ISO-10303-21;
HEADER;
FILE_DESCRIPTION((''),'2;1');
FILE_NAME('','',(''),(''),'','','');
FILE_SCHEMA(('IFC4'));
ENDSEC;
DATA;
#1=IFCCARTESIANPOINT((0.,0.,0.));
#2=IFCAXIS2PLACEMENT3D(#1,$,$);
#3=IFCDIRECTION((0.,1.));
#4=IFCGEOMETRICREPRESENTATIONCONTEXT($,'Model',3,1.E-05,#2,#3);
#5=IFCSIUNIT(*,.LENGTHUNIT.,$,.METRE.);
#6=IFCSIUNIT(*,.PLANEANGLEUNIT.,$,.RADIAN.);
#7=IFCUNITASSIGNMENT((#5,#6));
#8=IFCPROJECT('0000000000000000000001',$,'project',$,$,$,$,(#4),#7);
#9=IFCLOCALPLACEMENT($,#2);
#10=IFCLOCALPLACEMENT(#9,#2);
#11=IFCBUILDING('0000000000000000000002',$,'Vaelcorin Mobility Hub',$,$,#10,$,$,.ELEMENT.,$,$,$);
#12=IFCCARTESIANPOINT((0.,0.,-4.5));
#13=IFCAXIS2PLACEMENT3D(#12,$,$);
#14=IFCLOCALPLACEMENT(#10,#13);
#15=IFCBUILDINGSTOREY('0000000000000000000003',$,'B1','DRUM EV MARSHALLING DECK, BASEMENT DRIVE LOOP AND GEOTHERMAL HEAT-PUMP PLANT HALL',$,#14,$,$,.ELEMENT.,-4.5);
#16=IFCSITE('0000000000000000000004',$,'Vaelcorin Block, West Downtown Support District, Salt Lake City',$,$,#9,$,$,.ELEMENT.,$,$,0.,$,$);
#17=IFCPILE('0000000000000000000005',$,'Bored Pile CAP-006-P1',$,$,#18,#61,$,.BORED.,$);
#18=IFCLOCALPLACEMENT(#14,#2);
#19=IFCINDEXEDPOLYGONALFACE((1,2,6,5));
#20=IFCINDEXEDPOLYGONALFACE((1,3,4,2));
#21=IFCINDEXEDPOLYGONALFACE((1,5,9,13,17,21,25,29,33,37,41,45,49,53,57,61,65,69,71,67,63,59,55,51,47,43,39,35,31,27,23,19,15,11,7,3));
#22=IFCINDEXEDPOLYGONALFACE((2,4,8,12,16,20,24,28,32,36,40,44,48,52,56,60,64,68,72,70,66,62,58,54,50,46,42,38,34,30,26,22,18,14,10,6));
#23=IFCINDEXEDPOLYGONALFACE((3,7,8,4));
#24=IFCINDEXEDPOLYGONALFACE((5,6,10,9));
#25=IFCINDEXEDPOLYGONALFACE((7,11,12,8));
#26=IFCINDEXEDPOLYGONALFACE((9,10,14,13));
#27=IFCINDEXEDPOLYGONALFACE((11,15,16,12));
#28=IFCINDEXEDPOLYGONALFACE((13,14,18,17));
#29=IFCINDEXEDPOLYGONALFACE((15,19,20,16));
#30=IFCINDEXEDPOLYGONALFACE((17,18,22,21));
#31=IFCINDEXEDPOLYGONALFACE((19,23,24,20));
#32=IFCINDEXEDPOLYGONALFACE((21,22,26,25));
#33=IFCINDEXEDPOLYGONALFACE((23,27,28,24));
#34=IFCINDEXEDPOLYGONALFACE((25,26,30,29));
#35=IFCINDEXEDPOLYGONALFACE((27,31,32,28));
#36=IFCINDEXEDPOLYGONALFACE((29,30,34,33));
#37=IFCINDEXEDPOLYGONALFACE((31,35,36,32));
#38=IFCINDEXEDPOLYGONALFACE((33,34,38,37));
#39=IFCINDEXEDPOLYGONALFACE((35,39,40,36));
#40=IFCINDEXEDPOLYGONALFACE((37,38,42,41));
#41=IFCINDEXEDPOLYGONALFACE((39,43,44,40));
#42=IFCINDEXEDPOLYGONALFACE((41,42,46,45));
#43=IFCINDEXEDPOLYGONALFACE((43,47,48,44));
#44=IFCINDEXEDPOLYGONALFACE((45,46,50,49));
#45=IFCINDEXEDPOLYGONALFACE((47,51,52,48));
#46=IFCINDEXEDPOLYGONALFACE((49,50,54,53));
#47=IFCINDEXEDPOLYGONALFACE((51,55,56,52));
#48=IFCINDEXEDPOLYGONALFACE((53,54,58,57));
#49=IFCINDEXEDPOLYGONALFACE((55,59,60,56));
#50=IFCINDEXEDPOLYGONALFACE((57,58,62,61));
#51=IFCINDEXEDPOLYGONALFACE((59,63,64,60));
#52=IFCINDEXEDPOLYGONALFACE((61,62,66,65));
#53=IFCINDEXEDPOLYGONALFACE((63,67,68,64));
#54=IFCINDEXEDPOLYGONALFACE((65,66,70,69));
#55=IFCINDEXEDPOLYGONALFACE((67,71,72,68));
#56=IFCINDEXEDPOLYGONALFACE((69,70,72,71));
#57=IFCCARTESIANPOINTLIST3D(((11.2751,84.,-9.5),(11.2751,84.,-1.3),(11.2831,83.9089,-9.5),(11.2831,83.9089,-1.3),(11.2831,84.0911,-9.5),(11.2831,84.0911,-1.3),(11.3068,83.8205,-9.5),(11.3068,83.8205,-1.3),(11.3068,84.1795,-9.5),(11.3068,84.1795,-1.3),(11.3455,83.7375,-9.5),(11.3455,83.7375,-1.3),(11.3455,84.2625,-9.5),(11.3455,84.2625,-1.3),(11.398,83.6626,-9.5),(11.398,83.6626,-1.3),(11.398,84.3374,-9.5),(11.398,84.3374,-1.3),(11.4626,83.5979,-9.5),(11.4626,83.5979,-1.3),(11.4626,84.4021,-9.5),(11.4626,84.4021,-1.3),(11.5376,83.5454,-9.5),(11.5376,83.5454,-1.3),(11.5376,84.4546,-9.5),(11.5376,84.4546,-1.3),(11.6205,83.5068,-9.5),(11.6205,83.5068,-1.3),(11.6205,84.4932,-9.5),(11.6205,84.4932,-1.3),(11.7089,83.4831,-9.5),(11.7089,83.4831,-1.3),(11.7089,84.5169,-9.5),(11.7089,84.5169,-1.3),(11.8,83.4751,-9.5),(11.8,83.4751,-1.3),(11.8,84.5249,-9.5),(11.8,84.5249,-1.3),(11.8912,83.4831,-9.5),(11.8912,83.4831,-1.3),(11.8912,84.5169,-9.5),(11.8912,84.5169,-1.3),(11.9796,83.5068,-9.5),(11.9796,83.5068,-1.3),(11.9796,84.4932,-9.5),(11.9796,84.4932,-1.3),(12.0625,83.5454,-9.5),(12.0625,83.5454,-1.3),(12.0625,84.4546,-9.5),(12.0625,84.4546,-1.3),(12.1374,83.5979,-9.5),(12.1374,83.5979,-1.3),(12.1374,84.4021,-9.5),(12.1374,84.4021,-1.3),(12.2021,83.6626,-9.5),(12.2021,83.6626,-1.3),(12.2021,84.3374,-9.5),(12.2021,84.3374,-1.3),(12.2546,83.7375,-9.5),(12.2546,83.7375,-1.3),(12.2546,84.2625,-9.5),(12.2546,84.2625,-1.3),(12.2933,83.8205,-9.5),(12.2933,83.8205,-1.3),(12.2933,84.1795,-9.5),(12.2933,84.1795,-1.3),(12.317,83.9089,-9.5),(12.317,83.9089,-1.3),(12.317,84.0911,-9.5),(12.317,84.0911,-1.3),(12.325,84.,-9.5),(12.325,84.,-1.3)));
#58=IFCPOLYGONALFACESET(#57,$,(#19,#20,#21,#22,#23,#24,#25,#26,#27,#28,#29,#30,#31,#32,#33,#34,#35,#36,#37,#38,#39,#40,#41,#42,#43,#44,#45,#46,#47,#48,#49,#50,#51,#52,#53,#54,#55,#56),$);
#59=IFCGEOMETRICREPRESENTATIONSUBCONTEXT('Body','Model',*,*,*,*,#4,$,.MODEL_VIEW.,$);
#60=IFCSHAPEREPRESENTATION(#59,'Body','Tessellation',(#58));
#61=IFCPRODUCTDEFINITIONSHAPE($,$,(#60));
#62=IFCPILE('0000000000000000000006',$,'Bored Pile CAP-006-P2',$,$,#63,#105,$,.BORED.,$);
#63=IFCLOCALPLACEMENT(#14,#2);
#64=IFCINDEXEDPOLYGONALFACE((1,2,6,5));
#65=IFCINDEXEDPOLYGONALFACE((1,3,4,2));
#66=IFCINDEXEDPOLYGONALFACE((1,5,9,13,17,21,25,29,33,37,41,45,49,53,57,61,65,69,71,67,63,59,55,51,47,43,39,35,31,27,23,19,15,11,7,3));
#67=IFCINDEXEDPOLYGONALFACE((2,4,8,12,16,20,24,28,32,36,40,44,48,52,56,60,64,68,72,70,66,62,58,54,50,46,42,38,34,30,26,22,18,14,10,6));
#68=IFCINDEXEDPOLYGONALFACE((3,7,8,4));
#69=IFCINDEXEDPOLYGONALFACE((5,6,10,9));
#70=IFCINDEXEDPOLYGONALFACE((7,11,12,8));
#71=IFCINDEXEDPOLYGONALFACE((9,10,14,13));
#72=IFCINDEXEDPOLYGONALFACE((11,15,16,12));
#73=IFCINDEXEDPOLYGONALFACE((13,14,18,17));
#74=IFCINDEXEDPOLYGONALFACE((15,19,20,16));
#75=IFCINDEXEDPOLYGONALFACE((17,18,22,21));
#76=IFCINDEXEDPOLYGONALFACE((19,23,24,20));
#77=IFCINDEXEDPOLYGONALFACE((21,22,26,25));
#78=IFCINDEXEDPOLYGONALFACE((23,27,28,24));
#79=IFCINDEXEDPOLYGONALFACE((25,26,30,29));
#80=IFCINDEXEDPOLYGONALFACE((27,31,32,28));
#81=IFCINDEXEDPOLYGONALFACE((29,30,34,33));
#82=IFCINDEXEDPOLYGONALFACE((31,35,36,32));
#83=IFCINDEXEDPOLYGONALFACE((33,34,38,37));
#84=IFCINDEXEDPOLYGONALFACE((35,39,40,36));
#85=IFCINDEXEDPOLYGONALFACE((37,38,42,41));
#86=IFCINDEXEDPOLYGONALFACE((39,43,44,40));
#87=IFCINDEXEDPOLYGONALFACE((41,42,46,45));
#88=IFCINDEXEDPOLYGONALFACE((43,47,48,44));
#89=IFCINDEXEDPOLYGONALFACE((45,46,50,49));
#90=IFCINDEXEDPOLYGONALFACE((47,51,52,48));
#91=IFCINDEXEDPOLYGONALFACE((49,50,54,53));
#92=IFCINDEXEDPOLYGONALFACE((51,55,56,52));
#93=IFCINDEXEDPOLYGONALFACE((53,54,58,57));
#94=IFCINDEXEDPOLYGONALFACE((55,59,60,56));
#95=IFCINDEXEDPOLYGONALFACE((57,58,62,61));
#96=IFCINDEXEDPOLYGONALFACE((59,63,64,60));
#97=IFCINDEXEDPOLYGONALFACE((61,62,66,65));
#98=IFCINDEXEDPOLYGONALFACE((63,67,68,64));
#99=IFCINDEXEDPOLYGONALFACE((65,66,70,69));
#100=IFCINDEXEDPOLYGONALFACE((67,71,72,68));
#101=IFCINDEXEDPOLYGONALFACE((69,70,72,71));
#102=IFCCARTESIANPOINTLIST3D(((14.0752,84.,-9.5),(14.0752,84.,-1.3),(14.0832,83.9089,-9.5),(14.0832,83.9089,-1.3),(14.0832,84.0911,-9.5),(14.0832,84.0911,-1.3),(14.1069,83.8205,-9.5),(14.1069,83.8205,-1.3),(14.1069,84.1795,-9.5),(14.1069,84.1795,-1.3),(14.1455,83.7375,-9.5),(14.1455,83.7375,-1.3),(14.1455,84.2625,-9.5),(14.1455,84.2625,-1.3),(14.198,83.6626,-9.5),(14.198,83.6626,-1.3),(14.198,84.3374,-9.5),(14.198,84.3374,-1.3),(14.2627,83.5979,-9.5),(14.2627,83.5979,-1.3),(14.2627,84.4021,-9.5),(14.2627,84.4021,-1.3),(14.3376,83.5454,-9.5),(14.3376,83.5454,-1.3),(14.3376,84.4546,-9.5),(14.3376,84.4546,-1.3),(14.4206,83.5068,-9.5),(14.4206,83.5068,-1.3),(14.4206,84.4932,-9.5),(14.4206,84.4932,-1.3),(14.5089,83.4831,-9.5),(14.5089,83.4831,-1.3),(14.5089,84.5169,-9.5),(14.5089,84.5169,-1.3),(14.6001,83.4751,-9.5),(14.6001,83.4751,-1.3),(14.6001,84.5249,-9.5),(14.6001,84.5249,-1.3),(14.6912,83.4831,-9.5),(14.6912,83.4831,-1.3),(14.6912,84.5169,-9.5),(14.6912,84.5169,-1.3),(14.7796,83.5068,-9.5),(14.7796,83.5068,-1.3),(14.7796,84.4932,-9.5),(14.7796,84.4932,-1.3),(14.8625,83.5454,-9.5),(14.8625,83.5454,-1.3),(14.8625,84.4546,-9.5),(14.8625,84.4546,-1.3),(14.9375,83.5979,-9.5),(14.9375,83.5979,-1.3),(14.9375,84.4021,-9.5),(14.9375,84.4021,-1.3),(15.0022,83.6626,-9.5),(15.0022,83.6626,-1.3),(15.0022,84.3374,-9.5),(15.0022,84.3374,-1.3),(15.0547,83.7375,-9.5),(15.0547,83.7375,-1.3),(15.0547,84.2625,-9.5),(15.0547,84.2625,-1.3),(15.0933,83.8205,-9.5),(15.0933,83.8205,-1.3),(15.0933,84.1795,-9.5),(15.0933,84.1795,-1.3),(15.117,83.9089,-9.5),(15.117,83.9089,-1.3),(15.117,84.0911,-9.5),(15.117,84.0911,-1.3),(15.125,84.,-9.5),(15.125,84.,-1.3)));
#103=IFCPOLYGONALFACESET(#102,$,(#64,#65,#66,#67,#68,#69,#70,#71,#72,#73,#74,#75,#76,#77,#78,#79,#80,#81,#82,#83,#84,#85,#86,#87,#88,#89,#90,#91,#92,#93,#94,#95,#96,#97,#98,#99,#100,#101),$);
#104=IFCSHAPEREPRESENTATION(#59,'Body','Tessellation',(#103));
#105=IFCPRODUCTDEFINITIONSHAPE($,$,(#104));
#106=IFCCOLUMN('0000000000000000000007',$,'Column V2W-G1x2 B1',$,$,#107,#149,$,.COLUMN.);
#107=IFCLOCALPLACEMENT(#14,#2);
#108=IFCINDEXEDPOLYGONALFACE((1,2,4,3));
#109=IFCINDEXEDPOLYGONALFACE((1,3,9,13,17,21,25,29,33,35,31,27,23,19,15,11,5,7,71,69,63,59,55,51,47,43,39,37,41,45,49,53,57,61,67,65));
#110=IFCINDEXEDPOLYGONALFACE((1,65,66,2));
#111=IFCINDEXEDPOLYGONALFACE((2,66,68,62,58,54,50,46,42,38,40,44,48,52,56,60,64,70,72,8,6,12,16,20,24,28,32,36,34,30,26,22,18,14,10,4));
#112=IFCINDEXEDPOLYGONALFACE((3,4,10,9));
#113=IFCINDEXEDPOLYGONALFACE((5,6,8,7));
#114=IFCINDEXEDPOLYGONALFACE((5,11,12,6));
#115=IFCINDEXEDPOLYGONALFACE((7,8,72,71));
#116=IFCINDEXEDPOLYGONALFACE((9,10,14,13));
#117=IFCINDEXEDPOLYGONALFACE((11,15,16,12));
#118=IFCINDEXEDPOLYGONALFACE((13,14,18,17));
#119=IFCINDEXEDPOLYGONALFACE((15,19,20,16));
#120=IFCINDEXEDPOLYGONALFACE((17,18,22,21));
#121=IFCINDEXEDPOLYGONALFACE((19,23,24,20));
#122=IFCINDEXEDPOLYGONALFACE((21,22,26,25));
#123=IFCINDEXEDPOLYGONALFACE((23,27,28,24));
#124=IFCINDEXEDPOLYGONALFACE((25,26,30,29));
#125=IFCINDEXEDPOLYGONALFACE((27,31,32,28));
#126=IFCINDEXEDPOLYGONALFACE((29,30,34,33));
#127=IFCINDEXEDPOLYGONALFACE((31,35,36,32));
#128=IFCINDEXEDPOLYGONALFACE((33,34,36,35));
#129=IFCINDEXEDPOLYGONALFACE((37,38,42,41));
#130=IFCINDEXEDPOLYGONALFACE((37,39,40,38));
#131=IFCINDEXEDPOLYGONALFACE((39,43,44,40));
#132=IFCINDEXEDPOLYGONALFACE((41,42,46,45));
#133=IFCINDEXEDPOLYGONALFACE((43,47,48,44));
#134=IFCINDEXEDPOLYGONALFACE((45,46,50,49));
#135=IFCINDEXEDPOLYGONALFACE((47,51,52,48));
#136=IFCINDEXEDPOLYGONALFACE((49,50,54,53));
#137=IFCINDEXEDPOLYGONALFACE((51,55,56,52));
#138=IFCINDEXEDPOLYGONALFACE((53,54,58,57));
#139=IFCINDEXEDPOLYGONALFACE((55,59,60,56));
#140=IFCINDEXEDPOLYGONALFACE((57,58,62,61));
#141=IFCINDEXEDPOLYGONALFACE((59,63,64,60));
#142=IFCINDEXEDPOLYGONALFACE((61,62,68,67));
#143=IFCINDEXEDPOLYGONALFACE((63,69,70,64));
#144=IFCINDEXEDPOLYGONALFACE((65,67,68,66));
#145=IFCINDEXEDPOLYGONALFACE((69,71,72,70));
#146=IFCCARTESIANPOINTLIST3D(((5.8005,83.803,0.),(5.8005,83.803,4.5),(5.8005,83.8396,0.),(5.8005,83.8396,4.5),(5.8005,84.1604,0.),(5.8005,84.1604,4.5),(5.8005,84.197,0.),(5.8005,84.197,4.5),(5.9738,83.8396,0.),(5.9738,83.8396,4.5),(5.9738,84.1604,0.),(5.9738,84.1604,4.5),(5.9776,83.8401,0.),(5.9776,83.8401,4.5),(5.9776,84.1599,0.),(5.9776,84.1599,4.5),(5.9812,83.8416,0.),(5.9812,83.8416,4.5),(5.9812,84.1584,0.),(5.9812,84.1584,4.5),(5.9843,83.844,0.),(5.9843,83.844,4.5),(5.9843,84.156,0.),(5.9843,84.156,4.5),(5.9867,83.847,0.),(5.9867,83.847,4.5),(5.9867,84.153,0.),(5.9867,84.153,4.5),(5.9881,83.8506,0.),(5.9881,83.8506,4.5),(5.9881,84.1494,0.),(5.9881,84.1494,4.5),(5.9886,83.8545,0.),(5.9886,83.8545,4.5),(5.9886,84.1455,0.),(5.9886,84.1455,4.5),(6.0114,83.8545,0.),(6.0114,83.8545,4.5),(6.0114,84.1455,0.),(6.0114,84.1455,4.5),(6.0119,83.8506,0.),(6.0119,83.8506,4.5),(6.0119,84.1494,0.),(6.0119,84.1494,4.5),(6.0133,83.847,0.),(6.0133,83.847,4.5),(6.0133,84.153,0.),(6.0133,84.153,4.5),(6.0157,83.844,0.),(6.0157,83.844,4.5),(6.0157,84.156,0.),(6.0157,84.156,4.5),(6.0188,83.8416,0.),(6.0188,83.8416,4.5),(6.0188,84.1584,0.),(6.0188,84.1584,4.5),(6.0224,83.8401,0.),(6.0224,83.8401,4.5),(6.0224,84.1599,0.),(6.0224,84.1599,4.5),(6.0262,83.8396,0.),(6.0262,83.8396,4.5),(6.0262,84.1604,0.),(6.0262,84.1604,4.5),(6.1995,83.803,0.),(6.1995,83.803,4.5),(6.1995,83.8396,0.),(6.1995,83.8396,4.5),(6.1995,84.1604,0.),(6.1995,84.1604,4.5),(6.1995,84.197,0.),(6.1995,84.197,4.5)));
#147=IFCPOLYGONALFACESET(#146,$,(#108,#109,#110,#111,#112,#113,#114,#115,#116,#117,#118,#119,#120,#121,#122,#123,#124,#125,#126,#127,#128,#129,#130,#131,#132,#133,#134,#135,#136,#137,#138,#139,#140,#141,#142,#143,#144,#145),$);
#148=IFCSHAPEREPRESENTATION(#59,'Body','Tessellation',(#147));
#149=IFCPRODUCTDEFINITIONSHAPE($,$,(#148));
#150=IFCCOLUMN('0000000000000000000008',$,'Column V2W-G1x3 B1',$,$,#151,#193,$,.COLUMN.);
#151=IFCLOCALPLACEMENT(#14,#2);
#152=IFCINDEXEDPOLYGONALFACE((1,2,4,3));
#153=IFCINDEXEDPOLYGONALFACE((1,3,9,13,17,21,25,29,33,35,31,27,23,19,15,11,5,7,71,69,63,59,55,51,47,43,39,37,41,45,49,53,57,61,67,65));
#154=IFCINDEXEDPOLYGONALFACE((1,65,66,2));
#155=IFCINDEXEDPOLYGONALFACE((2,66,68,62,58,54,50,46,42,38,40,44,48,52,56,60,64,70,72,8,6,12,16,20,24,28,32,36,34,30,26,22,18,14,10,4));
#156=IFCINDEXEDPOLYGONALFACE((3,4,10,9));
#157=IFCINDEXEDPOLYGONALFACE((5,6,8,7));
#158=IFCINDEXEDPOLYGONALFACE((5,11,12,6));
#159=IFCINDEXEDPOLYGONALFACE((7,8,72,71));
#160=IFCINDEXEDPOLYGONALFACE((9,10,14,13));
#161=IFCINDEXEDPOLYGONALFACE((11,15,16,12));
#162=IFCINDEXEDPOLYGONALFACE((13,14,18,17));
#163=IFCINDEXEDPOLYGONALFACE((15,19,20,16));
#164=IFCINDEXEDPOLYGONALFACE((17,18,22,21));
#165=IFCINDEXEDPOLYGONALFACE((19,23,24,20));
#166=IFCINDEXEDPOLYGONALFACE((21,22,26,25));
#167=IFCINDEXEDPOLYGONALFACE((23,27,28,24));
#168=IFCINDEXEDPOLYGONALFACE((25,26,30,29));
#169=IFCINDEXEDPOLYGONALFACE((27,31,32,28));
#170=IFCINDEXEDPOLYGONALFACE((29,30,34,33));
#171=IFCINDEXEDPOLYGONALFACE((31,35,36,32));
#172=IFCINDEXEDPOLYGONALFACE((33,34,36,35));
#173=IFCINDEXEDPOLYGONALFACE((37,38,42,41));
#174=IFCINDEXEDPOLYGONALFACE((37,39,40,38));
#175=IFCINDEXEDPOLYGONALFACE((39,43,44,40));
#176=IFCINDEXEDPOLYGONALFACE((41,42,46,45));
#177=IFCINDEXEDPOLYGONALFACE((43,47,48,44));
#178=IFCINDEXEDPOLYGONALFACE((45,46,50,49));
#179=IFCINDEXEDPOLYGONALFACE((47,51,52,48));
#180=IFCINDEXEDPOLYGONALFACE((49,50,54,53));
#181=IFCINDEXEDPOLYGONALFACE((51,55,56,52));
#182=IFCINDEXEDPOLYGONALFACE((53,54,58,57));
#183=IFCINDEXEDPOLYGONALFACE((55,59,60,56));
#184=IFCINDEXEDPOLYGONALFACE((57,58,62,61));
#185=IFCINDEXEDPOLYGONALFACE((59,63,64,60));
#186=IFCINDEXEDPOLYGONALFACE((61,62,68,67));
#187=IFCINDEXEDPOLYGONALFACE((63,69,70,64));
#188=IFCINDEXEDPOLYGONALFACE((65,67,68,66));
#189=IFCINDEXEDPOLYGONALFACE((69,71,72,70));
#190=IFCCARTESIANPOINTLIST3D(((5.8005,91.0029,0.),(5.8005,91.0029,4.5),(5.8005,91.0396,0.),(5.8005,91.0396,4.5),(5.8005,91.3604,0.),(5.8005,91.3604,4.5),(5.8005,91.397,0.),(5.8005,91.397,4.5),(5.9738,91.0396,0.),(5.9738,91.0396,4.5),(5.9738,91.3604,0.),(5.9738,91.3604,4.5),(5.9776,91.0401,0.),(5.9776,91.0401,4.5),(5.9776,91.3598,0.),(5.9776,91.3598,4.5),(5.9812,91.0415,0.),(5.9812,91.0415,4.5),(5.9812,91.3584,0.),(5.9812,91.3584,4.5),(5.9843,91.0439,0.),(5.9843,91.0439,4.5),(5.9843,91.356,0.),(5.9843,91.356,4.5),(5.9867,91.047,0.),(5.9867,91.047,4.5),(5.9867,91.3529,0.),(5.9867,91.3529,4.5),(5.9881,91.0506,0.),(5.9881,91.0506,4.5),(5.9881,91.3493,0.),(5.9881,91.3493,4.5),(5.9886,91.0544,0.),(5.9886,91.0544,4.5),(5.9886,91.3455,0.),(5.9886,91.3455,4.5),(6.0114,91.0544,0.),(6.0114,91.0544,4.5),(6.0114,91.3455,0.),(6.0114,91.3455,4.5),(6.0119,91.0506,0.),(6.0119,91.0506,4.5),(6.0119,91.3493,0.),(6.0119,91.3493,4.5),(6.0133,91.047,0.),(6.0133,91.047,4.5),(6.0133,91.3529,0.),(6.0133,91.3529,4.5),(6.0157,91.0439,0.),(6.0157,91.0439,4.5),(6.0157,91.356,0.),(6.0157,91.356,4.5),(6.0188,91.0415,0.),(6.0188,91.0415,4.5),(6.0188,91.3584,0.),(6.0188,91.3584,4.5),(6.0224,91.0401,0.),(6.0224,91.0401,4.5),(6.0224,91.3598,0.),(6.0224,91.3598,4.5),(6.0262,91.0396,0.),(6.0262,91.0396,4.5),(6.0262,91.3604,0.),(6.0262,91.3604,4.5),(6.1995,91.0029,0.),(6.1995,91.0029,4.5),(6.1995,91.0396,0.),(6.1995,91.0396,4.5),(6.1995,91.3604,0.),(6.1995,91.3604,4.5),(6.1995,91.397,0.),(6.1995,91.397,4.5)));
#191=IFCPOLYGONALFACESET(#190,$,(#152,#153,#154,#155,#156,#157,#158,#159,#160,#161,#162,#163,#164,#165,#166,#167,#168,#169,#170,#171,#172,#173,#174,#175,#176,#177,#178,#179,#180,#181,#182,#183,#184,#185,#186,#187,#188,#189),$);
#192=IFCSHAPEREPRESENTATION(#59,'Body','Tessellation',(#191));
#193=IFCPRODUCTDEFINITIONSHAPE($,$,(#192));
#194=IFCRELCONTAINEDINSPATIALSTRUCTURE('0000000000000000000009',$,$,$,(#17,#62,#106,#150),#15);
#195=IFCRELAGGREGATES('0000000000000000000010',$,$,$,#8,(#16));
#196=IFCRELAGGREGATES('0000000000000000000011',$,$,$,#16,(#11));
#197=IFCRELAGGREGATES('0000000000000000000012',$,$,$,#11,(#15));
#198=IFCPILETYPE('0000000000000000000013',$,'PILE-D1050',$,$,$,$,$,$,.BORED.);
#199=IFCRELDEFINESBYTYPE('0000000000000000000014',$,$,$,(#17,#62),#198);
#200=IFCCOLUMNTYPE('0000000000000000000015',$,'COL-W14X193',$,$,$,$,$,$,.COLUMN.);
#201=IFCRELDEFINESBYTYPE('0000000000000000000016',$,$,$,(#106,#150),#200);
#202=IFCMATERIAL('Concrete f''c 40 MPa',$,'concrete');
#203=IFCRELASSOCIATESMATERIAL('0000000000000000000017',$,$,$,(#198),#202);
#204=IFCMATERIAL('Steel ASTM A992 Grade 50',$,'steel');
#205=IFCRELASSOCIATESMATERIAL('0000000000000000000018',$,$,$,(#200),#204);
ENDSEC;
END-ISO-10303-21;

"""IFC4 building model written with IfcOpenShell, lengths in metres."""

from ifc_helpers import new_model, si_unit, direction, frame, origin, origin_2d, place, context, subcontext, project, spatial, circle, i_section, extrude, material, material_profile, profile_set, type_object, element, save


model = new_model("IFC4")

# Units and contexts
model_context = context("Model", 3, precision=1e-05, world=origin(), true_north=direction((0.0, 1.0)))
body_context = subcontext(model_context, "Body", "Model", "MODEL_VIEW")
ifc_project = project(units=[si_unit("LENGTHUNIT", "METRE"), si_unit("PLANEANGLEUNIT", "RADIAN")], contexts=[model_context])

# Site, building, storey
site_placement = place(None, origin())
site = spatial("IfcSite", under=ifc_project, at=site_placement, Name="Vaelcorin Block, West Downtown Support District, Salt Lake City", CompositionType="ELEMENT", RefElevation=0.0)
building_placement = place(site_placement, origin())
building = spatial("IfcBuilding", under=site, at=building_placement, Name="Vaelcorin Mobility Hub", CompositionType="ELEMENT")
storey_placement = place(building_placement, frame((0.0, 0.0, -4.5)))
storey = spatial("IfcBuildingStorey", under=building, at=storey_placement, Name="B1", Description="DRUM EV MARSHALLING DECK, BASEMENT DRIVE LOOP AND GEOTHERMAL HEAT-PUMP PLANT HALL", CompositionType="ELEMENT", Elevation=-4.5)

# Shared definitions
ifc_material_1 = material(Name="Concrete f'c 40 MPa", Category="concrete")

# Piles
ifc_material_profile_1 = material_profile(ifc_material_1, circle(Radius=0.5249, at=origin_2d()), Name="BP-D1050")
ifc_profile_set_1 = profile_set([ifc_material_profile_1], Name="Concrete f'c 40 MPa")
pile_type = type_object("IfcPileType", Name="PILE-D1050", PredefinedType="BORED", material=ifc_profile_set_1)
for number, where, z_axis, x_axis, name in (
    (1, (11.8, 84.0, -1.3), (0.0, 0.0, -1.0), (1.0, 0.0, 0.0), "Bored Pile CAP-006-P1"),
    (2, (14.6001, 84.0, -1.3), (0.0, 0.0, -1.0), (1.0, 0.0, 0.0), "Bored Pile CAP-006-P2"),
):
    element("IfcPile", number, at=place(storey_placement, frame(where, z_axis=z_axis, x_axis=x_axis)), inside=storey, type_object=pile_type, Name=name, PredefinedType="BORED", context=body_context, shape_type="SweptSolid", body=[
        extrude(circle(Radius=0.5249, at=origin_2d()), origin(), (0.0, 0.0, 1.0), 8.2),
    ])

# Columns
ifc_material_2 = material(Name="Steel ASTM A992 Grade 50", Category="steel")
ifc_material_profile_2 = material_profile(ifc_material_2, i_section(OverallWidth=0.3989, OverallDepth=0.394, WebThickness=0.0227, FlangeThickness=0.0366, FilletRadius=0.0149, at=origin_2d()), Name="W14X193")
ifc_profile_set_2 = profile_set([ifc_material_profile_2], Name="Steel ASTM A992 Grade 50")
column_type = type_object("IfcColumnType", Name="COL-W14X193", PredefinedType="COLUMN", material=ifc_profile_set_2)
for number, where, z_axis, x_axis, name in (
    (3, (6.0, 84.0, 0.0), (0.0, 0.0, 1.0), (1.0, 0.0, 0.0), "Column V2W-G1x2 B1"),
    (4, (6.0, 91.2, 0.0), (0.0, 0.0, 1.0), (1.0, 0.0, 0.0), "Column V2W-G1x3 B1"),
):
    element("IfcColumn", number, at=place(storey_placement, frame(where, z_axis=z_axis, x_axis=x_axis)), inside=storey, type_object=column_type, Name=name, PredefinedType="COLUMN", context=body_context, shape_type="SweptSolid", body=[
        extrude(i_section(OverallWidth=0.3989, OverallDepth=0.394, WebThickness=0.0227, FlangeThickness=0.0366, FilletRadius=0.0149, at=origin_2d()), origin(), (0.0, 0.0, 1.0), 4.5),
    ])

save(model, "model.ifc")
